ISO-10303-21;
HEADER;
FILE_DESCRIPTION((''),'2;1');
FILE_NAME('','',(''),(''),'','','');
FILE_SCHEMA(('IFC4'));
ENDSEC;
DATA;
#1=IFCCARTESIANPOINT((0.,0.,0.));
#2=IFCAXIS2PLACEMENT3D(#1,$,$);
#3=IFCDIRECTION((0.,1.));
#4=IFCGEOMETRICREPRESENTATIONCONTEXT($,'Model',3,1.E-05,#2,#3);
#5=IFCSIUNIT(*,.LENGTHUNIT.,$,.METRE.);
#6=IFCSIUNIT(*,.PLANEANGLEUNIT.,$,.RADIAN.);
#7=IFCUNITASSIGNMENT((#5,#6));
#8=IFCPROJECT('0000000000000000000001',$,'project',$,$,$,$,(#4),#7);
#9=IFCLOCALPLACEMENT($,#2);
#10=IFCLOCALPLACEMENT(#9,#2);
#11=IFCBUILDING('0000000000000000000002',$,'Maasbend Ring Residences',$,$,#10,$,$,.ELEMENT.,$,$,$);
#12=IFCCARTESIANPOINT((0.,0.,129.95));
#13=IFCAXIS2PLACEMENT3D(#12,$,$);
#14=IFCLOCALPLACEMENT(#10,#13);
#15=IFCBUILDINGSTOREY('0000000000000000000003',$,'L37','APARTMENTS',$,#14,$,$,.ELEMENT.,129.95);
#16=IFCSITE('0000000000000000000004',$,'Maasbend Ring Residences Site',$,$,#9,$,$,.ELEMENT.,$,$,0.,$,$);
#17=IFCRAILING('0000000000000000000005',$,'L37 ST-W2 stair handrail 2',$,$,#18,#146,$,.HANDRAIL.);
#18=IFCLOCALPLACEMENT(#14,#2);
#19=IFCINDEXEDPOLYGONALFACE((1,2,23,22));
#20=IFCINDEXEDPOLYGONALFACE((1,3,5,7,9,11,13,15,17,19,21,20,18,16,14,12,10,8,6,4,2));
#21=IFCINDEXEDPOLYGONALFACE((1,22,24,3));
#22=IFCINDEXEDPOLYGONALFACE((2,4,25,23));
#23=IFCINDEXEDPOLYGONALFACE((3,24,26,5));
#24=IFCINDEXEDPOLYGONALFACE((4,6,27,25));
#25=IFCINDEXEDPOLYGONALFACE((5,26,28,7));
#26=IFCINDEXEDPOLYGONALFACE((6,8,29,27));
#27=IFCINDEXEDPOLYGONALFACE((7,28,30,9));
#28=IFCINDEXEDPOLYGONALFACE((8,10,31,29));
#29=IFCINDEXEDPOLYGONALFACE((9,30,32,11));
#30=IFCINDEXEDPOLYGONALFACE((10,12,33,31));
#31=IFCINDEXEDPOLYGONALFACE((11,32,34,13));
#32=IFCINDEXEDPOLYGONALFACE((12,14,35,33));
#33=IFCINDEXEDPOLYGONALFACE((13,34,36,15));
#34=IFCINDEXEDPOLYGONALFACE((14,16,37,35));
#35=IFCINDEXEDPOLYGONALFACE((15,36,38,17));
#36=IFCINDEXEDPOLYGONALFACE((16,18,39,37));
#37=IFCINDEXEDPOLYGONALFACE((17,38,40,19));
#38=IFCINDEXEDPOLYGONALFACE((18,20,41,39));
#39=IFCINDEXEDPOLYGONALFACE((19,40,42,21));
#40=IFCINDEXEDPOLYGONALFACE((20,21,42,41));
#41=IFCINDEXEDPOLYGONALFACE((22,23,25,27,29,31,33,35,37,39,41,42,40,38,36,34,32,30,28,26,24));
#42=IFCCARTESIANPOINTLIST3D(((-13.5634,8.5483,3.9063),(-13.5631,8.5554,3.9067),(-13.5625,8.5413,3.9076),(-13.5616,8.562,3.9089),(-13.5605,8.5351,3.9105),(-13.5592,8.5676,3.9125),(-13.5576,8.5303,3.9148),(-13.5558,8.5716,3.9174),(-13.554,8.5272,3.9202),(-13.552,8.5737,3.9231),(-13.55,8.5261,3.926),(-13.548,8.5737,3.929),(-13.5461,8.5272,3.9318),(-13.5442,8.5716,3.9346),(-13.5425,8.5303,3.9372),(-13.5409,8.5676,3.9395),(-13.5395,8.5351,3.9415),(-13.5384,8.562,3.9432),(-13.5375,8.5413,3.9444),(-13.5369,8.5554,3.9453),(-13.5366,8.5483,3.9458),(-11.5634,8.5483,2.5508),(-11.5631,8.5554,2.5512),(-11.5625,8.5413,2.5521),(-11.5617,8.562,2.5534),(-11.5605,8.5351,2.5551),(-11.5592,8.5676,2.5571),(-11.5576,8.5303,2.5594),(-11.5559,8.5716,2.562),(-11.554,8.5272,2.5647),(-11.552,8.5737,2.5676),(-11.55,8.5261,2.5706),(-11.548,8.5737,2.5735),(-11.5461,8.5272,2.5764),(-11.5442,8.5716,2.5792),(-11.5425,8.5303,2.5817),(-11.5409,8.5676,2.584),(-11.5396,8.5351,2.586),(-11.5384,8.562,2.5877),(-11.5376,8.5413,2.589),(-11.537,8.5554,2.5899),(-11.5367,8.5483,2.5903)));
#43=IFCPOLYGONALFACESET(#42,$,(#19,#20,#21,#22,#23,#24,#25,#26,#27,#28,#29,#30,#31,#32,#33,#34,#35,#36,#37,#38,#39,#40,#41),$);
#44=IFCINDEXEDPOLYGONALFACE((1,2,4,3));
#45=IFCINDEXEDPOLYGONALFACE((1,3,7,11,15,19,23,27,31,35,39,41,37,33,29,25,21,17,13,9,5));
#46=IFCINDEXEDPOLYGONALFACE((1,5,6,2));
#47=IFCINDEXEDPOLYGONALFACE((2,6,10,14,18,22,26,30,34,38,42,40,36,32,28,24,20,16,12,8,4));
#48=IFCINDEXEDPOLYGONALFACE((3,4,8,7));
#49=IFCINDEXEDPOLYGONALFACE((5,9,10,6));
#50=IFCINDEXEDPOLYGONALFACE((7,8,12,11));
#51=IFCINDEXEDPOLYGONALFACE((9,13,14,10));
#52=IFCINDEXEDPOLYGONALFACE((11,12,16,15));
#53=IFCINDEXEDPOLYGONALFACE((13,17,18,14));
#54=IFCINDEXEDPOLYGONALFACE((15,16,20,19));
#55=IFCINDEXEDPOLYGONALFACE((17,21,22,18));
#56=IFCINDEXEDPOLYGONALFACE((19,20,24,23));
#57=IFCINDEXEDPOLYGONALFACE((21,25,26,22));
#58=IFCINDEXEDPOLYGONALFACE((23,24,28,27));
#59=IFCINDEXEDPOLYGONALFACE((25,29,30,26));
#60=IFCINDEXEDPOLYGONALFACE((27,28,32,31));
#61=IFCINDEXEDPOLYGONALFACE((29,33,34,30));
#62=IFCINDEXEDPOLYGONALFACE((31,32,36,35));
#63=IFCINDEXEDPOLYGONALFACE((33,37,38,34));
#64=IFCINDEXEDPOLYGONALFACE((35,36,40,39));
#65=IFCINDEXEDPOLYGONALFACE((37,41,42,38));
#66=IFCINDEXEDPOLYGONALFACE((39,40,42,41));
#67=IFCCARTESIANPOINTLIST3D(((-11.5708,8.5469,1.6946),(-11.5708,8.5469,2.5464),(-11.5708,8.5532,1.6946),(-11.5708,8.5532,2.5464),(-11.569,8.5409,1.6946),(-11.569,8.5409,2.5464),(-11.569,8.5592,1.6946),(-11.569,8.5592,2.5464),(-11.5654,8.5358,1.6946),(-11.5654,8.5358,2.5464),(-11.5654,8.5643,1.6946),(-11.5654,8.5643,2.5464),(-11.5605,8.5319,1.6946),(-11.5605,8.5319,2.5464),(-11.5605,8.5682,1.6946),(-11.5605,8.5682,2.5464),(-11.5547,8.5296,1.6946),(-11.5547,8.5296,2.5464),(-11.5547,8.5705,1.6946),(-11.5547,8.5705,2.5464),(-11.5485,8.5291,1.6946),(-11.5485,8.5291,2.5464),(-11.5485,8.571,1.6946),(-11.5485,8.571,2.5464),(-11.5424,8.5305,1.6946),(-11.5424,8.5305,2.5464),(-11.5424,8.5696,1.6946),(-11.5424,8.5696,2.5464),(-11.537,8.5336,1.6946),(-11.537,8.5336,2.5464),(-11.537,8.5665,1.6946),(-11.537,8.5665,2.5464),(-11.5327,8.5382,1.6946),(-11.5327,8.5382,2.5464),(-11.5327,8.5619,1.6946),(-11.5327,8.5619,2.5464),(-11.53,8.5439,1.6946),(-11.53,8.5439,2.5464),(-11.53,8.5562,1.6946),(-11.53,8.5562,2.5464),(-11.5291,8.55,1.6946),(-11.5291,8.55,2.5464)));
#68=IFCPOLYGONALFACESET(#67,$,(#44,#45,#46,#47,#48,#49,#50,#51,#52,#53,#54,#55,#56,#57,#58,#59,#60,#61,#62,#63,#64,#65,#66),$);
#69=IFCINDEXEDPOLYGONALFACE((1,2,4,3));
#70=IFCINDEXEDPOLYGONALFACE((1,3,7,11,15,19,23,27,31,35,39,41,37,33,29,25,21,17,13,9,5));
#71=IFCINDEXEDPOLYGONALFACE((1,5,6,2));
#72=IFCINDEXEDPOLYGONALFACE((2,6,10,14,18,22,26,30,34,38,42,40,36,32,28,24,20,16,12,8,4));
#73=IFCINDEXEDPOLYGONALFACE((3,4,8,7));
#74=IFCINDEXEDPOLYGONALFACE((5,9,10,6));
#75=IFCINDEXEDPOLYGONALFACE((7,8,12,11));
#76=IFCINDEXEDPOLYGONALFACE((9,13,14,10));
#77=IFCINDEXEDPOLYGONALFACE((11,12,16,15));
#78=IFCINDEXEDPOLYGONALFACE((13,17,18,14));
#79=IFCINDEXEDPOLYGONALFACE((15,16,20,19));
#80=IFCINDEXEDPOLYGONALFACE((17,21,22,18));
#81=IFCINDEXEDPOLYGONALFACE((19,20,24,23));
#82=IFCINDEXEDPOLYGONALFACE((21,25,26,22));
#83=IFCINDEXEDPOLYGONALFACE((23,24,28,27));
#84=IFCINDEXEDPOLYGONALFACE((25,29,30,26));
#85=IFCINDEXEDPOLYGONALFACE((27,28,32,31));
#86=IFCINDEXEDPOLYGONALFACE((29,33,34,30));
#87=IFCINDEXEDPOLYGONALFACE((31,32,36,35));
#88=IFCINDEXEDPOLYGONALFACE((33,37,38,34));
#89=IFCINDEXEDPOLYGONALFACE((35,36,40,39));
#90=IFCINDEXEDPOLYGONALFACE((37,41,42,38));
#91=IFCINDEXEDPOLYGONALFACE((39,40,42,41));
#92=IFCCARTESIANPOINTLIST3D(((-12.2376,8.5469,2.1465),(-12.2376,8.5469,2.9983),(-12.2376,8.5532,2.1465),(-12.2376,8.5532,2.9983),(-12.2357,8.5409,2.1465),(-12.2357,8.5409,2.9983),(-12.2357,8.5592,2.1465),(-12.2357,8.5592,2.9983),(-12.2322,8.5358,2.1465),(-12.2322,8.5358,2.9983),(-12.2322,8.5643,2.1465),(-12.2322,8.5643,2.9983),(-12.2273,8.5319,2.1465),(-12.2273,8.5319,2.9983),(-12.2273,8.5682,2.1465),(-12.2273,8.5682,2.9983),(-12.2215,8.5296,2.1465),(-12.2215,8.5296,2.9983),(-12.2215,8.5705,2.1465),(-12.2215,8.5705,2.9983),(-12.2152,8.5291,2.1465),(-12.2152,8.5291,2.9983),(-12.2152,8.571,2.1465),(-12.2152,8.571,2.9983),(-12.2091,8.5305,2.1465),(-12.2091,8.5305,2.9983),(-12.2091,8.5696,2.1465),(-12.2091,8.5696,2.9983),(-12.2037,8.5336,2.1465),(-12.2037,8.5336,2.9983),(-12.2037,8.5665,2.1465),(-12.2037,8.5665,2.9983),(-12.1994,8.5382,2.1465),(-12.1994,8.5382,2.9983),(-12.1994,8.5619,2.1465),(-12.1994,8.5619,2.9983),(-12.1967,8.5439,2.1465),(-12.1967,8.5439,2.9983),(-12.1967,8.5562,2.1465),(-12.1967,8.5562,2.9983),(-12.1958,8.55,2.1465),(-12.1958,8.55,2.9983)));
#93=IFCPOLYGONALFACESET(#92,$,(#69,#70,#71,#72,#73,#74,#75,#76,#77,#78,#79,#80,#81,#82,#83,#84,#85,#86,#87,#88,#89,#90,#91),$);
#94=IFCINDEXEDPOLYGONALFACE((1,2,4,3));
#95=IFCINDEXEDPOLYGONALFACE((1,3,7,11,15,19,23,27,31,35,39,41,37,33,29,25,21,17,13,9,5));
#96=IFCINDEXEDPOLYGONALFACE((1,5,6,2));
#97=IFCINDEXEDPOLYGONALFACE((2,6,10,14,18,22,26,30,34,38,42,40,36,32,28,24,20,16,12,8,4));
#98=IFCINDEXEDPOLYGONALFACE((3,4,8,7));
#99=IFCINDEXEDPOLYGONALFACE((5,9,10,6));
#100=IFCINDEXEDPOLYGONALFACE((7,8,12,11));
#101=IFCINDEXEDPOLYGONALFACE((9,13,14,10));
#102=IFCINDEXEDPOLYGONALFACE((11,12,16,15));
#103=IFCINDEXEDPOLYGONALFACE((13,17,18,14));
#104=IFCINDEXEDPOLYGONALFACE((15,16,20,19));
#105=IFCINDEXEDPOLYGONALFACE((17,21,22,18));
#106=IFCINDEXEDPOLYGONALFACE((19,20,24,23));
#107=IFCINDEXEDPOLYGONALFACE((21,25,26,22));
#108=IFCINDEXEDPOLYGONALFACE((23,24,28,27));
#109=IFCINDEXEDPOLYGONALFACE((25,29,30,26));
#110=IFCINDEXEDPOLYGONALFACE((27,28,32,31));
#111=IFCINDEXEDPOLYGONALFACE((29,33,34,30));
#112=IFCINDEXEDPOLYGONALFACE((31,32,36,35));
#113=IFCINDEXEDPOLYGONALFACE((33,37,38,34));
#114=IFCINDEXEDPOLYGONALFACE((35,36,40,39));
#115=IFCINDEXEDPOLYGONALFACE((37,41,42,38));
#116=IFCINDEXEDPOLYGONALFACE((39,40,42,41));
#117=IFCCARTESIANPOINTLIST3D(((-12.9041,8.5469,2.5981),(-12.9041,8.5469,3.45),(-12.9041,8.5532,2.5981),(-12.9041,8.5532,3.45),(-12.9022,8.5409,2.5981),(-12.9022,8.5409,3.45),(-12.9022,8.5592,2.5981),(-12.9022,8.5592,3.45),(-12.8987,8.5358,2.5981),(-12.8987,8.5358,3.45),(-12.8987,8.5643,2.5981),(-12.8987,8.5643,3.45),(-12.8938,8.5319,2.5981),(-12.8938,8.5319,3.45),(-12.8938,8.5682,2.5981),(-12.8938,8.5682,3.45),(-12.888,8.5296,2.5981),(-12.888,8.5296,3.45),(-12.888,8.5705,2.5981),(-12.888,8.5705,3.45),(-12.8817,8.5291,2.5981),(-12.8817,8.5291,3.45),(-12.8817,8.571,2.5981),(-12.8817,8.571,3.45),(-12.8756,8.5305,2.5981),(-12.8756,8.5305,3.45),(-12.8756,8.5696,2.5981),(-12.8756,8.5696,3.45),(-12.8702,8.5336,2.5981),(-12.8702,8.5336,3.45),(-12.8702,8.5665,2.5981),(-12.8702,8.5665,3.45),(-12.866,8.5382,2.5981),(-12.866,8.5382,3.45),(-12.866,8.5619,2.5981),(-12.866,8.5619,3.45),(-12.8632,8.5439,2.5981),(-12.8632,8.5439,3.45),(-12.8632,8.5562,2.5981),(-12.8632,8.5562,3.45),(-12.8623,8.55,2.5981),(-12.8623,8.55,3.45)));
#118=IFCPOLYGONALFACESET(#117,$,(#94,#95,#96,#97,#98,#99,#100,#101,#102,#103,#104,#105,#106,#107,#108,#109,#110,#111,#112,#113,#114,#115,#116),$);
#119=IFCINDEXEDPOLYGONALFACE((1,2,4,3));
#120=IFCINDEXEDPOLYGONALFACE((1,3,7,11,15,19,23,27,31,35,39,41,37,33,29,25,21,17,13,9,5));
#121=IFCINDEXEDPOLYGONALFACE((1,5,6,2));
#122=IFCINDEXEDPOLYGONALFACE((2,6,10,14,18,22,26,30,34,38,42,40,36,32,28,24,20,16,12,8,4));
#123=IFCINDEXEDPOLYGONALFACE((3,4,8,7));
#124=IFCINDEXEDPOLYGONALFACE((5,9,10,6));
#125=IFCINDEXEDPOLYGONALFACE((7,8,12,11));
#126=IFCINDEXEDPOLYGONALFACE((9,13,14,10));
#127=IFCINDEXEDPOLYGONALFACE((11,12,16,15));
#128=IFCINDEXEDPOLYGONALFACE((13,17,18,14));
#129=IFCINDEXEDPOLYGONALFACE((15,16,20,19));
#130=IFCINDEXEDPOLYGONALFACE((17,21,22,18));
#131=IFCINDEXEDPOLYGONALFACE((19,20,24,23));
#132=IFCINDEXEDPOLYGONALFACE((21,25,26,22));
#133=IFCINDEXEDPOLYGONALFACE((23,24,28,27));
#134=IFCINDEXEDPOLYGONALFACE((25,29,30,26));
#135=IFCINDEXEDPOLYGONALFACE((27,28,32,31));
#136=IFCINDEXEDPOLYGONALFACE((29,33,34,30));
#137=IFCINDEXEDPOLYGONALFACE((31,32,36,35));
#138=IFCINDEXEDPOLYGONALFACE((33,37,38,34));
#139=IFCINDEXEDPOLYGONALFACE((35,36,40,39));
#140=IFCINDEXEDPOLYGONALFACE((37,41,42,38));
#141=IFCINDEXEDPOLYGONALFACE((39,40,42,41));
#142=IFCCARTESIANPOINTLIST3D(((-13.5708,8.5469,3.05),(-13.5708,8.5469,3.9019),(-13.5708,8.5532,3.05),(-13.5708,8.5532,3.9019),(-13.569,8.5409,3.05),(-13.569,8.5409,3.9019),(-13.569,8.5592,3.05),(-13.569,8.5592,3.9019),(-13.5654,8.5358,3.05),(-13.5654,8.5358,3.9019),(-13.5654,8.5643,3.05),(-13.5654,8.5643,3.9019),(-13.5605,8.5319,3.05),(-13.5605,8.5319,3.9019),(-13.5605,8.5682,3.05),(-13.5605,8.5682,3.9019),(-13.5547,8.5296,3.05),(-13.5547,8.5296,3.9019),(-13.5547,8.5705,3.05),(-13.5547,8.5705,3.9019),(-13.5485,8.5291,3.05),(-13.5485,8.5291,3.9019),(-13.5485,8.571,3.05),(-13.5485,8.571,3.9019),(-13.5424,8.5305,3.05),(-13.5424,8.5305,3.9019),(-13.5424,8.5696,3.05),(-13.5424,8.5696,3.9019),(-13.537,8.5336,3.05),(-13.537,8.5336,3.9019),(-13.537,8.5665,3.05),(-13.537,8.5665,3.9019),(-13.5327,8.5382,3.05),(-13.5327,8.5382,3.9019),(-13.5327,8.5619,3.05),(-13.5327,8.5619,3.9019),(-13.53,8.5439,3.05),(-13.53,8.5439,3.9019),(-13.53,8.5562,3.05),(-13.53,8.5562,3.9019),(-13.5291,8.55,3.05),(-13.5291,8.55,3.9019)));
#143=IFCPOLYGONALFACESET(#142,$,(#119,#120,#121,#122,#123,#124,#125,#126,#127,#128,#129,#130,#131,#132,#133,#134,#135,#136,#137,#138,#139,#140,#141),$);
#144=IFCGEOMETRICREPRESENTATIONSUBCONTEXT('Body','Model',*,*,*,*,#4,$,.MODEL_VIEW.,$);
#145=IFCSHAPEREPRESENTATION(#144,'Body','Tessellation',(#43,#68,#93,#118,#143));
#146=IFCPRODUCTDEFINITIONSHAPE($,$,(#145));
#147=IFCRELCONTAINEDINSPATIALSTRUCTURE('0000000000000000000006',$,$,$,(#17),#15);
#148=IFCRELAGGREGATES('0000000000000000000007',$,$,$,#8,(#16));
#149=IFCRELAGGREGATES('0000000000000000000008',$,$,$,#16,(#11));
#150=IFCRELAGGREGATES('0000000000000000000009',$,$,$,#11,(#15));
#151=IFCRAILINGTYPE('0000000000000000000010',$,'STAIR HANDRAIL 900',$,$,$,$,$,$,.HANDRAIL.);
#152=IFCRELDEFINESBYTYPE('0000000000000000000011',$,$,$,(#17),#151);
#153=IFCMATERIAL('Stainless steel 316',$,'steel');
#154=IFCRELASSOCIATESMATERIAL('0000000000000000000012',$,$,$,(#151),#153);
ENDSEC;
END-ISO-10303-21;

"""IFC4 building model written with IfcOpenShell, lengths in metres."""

from ifc_helpers import new_model, si_unit, direction, frame, origin, origin_2d, place, context, subcontext, project, spatial, circle, extrude, material, type_object, element, save


model = new_model("IFC4")

# Units and contexts
model_context = context("Model", 3, precision=1e-05, world=origin(), true_north=direction((0.0, 1.0)))
body_context = subcontext(model_context, "Body", "Model", "MODEL_VIEW")
ifc_project = project(units=[si_unit("LENGTHUNIT", "METRE"), si_unit("PLANEANGLEUNIT", "RADIAN")], contexts=[model_context])

# Site, building, storey
site_placement = place(None, origin())
site = spatial("IfcSite", under=ifc_project, at=site_placement, Name="Maasbend Ring Residences Site", CompositionType="ELEMENT", RefElevation=0.0)
building_placement = place(site_placement, origin())
building = spatial("IfcBuilding", under=site, at=building_placement, Name="Maasbend Ring Residences", CompositionType="ELEMENT")
storey_placement = place(building_placement, frame((0.0, 0.0, 129.95)))
storey = spatial("IfcBuildingStorey", under=building, at=storey_placement, Name="L37", Description="APARTMENTS", CompositionType="ELEMENT", Elevation=129.95)

# Railing
ifc_material_1 = material(Name="Stainless steel 316", Category="steel")
railing_type_1 = type_object("IfcRailingType", Name="STAIR HANDRAIL 900", PredefinedType="HANDRAIL", material=ifc_material_1)
railing_1_placement = place(storey_placement, frame((-11.55, 8.55, 1.6946)))
element("IfcRailing", 1, at=railing_1_placement, inside=storey, type_object=railing_type_1, Name="L37 ST-W2 stair handrail 2", PredefinedType="HANDRAIL", context=body_context, shape_type="SweptSolid", body=[
    extrude(circle(Radius=0.0239, at=origin_2d()), frame((0.0, 0.0, 0.876), z_axis=(-0.827798, 0.0, 0.561027), x_axis=(0.0, -1.0, 0.0)), (0.0, 0.0, 1.0), 2.416),
    extrude(circle(Radius=0.021, at=origin_2d()), origin(), (0.0, 0.0, 1.0), 0.8518),
    extrude(circle(Radius=0.021, at=origin_2d()), frame((-0.6667, 0.0, 0.4519)), (0.0, 0.0, 1.0), 0.8518),
    extrude(circle(Radius=0.021, at=origin_2d()), frame((-1.3333, 0.0, 0.9036)), (0.0, 0.0, 1.0), 0.8518),
    extrude(circle(Radius=0.021, at=origin_2d()), frame((-2.0, 0.0, 1.3555)), (0.0, 0.0, 1.0), 0.8518),
])

save(model, "model.ifc")
